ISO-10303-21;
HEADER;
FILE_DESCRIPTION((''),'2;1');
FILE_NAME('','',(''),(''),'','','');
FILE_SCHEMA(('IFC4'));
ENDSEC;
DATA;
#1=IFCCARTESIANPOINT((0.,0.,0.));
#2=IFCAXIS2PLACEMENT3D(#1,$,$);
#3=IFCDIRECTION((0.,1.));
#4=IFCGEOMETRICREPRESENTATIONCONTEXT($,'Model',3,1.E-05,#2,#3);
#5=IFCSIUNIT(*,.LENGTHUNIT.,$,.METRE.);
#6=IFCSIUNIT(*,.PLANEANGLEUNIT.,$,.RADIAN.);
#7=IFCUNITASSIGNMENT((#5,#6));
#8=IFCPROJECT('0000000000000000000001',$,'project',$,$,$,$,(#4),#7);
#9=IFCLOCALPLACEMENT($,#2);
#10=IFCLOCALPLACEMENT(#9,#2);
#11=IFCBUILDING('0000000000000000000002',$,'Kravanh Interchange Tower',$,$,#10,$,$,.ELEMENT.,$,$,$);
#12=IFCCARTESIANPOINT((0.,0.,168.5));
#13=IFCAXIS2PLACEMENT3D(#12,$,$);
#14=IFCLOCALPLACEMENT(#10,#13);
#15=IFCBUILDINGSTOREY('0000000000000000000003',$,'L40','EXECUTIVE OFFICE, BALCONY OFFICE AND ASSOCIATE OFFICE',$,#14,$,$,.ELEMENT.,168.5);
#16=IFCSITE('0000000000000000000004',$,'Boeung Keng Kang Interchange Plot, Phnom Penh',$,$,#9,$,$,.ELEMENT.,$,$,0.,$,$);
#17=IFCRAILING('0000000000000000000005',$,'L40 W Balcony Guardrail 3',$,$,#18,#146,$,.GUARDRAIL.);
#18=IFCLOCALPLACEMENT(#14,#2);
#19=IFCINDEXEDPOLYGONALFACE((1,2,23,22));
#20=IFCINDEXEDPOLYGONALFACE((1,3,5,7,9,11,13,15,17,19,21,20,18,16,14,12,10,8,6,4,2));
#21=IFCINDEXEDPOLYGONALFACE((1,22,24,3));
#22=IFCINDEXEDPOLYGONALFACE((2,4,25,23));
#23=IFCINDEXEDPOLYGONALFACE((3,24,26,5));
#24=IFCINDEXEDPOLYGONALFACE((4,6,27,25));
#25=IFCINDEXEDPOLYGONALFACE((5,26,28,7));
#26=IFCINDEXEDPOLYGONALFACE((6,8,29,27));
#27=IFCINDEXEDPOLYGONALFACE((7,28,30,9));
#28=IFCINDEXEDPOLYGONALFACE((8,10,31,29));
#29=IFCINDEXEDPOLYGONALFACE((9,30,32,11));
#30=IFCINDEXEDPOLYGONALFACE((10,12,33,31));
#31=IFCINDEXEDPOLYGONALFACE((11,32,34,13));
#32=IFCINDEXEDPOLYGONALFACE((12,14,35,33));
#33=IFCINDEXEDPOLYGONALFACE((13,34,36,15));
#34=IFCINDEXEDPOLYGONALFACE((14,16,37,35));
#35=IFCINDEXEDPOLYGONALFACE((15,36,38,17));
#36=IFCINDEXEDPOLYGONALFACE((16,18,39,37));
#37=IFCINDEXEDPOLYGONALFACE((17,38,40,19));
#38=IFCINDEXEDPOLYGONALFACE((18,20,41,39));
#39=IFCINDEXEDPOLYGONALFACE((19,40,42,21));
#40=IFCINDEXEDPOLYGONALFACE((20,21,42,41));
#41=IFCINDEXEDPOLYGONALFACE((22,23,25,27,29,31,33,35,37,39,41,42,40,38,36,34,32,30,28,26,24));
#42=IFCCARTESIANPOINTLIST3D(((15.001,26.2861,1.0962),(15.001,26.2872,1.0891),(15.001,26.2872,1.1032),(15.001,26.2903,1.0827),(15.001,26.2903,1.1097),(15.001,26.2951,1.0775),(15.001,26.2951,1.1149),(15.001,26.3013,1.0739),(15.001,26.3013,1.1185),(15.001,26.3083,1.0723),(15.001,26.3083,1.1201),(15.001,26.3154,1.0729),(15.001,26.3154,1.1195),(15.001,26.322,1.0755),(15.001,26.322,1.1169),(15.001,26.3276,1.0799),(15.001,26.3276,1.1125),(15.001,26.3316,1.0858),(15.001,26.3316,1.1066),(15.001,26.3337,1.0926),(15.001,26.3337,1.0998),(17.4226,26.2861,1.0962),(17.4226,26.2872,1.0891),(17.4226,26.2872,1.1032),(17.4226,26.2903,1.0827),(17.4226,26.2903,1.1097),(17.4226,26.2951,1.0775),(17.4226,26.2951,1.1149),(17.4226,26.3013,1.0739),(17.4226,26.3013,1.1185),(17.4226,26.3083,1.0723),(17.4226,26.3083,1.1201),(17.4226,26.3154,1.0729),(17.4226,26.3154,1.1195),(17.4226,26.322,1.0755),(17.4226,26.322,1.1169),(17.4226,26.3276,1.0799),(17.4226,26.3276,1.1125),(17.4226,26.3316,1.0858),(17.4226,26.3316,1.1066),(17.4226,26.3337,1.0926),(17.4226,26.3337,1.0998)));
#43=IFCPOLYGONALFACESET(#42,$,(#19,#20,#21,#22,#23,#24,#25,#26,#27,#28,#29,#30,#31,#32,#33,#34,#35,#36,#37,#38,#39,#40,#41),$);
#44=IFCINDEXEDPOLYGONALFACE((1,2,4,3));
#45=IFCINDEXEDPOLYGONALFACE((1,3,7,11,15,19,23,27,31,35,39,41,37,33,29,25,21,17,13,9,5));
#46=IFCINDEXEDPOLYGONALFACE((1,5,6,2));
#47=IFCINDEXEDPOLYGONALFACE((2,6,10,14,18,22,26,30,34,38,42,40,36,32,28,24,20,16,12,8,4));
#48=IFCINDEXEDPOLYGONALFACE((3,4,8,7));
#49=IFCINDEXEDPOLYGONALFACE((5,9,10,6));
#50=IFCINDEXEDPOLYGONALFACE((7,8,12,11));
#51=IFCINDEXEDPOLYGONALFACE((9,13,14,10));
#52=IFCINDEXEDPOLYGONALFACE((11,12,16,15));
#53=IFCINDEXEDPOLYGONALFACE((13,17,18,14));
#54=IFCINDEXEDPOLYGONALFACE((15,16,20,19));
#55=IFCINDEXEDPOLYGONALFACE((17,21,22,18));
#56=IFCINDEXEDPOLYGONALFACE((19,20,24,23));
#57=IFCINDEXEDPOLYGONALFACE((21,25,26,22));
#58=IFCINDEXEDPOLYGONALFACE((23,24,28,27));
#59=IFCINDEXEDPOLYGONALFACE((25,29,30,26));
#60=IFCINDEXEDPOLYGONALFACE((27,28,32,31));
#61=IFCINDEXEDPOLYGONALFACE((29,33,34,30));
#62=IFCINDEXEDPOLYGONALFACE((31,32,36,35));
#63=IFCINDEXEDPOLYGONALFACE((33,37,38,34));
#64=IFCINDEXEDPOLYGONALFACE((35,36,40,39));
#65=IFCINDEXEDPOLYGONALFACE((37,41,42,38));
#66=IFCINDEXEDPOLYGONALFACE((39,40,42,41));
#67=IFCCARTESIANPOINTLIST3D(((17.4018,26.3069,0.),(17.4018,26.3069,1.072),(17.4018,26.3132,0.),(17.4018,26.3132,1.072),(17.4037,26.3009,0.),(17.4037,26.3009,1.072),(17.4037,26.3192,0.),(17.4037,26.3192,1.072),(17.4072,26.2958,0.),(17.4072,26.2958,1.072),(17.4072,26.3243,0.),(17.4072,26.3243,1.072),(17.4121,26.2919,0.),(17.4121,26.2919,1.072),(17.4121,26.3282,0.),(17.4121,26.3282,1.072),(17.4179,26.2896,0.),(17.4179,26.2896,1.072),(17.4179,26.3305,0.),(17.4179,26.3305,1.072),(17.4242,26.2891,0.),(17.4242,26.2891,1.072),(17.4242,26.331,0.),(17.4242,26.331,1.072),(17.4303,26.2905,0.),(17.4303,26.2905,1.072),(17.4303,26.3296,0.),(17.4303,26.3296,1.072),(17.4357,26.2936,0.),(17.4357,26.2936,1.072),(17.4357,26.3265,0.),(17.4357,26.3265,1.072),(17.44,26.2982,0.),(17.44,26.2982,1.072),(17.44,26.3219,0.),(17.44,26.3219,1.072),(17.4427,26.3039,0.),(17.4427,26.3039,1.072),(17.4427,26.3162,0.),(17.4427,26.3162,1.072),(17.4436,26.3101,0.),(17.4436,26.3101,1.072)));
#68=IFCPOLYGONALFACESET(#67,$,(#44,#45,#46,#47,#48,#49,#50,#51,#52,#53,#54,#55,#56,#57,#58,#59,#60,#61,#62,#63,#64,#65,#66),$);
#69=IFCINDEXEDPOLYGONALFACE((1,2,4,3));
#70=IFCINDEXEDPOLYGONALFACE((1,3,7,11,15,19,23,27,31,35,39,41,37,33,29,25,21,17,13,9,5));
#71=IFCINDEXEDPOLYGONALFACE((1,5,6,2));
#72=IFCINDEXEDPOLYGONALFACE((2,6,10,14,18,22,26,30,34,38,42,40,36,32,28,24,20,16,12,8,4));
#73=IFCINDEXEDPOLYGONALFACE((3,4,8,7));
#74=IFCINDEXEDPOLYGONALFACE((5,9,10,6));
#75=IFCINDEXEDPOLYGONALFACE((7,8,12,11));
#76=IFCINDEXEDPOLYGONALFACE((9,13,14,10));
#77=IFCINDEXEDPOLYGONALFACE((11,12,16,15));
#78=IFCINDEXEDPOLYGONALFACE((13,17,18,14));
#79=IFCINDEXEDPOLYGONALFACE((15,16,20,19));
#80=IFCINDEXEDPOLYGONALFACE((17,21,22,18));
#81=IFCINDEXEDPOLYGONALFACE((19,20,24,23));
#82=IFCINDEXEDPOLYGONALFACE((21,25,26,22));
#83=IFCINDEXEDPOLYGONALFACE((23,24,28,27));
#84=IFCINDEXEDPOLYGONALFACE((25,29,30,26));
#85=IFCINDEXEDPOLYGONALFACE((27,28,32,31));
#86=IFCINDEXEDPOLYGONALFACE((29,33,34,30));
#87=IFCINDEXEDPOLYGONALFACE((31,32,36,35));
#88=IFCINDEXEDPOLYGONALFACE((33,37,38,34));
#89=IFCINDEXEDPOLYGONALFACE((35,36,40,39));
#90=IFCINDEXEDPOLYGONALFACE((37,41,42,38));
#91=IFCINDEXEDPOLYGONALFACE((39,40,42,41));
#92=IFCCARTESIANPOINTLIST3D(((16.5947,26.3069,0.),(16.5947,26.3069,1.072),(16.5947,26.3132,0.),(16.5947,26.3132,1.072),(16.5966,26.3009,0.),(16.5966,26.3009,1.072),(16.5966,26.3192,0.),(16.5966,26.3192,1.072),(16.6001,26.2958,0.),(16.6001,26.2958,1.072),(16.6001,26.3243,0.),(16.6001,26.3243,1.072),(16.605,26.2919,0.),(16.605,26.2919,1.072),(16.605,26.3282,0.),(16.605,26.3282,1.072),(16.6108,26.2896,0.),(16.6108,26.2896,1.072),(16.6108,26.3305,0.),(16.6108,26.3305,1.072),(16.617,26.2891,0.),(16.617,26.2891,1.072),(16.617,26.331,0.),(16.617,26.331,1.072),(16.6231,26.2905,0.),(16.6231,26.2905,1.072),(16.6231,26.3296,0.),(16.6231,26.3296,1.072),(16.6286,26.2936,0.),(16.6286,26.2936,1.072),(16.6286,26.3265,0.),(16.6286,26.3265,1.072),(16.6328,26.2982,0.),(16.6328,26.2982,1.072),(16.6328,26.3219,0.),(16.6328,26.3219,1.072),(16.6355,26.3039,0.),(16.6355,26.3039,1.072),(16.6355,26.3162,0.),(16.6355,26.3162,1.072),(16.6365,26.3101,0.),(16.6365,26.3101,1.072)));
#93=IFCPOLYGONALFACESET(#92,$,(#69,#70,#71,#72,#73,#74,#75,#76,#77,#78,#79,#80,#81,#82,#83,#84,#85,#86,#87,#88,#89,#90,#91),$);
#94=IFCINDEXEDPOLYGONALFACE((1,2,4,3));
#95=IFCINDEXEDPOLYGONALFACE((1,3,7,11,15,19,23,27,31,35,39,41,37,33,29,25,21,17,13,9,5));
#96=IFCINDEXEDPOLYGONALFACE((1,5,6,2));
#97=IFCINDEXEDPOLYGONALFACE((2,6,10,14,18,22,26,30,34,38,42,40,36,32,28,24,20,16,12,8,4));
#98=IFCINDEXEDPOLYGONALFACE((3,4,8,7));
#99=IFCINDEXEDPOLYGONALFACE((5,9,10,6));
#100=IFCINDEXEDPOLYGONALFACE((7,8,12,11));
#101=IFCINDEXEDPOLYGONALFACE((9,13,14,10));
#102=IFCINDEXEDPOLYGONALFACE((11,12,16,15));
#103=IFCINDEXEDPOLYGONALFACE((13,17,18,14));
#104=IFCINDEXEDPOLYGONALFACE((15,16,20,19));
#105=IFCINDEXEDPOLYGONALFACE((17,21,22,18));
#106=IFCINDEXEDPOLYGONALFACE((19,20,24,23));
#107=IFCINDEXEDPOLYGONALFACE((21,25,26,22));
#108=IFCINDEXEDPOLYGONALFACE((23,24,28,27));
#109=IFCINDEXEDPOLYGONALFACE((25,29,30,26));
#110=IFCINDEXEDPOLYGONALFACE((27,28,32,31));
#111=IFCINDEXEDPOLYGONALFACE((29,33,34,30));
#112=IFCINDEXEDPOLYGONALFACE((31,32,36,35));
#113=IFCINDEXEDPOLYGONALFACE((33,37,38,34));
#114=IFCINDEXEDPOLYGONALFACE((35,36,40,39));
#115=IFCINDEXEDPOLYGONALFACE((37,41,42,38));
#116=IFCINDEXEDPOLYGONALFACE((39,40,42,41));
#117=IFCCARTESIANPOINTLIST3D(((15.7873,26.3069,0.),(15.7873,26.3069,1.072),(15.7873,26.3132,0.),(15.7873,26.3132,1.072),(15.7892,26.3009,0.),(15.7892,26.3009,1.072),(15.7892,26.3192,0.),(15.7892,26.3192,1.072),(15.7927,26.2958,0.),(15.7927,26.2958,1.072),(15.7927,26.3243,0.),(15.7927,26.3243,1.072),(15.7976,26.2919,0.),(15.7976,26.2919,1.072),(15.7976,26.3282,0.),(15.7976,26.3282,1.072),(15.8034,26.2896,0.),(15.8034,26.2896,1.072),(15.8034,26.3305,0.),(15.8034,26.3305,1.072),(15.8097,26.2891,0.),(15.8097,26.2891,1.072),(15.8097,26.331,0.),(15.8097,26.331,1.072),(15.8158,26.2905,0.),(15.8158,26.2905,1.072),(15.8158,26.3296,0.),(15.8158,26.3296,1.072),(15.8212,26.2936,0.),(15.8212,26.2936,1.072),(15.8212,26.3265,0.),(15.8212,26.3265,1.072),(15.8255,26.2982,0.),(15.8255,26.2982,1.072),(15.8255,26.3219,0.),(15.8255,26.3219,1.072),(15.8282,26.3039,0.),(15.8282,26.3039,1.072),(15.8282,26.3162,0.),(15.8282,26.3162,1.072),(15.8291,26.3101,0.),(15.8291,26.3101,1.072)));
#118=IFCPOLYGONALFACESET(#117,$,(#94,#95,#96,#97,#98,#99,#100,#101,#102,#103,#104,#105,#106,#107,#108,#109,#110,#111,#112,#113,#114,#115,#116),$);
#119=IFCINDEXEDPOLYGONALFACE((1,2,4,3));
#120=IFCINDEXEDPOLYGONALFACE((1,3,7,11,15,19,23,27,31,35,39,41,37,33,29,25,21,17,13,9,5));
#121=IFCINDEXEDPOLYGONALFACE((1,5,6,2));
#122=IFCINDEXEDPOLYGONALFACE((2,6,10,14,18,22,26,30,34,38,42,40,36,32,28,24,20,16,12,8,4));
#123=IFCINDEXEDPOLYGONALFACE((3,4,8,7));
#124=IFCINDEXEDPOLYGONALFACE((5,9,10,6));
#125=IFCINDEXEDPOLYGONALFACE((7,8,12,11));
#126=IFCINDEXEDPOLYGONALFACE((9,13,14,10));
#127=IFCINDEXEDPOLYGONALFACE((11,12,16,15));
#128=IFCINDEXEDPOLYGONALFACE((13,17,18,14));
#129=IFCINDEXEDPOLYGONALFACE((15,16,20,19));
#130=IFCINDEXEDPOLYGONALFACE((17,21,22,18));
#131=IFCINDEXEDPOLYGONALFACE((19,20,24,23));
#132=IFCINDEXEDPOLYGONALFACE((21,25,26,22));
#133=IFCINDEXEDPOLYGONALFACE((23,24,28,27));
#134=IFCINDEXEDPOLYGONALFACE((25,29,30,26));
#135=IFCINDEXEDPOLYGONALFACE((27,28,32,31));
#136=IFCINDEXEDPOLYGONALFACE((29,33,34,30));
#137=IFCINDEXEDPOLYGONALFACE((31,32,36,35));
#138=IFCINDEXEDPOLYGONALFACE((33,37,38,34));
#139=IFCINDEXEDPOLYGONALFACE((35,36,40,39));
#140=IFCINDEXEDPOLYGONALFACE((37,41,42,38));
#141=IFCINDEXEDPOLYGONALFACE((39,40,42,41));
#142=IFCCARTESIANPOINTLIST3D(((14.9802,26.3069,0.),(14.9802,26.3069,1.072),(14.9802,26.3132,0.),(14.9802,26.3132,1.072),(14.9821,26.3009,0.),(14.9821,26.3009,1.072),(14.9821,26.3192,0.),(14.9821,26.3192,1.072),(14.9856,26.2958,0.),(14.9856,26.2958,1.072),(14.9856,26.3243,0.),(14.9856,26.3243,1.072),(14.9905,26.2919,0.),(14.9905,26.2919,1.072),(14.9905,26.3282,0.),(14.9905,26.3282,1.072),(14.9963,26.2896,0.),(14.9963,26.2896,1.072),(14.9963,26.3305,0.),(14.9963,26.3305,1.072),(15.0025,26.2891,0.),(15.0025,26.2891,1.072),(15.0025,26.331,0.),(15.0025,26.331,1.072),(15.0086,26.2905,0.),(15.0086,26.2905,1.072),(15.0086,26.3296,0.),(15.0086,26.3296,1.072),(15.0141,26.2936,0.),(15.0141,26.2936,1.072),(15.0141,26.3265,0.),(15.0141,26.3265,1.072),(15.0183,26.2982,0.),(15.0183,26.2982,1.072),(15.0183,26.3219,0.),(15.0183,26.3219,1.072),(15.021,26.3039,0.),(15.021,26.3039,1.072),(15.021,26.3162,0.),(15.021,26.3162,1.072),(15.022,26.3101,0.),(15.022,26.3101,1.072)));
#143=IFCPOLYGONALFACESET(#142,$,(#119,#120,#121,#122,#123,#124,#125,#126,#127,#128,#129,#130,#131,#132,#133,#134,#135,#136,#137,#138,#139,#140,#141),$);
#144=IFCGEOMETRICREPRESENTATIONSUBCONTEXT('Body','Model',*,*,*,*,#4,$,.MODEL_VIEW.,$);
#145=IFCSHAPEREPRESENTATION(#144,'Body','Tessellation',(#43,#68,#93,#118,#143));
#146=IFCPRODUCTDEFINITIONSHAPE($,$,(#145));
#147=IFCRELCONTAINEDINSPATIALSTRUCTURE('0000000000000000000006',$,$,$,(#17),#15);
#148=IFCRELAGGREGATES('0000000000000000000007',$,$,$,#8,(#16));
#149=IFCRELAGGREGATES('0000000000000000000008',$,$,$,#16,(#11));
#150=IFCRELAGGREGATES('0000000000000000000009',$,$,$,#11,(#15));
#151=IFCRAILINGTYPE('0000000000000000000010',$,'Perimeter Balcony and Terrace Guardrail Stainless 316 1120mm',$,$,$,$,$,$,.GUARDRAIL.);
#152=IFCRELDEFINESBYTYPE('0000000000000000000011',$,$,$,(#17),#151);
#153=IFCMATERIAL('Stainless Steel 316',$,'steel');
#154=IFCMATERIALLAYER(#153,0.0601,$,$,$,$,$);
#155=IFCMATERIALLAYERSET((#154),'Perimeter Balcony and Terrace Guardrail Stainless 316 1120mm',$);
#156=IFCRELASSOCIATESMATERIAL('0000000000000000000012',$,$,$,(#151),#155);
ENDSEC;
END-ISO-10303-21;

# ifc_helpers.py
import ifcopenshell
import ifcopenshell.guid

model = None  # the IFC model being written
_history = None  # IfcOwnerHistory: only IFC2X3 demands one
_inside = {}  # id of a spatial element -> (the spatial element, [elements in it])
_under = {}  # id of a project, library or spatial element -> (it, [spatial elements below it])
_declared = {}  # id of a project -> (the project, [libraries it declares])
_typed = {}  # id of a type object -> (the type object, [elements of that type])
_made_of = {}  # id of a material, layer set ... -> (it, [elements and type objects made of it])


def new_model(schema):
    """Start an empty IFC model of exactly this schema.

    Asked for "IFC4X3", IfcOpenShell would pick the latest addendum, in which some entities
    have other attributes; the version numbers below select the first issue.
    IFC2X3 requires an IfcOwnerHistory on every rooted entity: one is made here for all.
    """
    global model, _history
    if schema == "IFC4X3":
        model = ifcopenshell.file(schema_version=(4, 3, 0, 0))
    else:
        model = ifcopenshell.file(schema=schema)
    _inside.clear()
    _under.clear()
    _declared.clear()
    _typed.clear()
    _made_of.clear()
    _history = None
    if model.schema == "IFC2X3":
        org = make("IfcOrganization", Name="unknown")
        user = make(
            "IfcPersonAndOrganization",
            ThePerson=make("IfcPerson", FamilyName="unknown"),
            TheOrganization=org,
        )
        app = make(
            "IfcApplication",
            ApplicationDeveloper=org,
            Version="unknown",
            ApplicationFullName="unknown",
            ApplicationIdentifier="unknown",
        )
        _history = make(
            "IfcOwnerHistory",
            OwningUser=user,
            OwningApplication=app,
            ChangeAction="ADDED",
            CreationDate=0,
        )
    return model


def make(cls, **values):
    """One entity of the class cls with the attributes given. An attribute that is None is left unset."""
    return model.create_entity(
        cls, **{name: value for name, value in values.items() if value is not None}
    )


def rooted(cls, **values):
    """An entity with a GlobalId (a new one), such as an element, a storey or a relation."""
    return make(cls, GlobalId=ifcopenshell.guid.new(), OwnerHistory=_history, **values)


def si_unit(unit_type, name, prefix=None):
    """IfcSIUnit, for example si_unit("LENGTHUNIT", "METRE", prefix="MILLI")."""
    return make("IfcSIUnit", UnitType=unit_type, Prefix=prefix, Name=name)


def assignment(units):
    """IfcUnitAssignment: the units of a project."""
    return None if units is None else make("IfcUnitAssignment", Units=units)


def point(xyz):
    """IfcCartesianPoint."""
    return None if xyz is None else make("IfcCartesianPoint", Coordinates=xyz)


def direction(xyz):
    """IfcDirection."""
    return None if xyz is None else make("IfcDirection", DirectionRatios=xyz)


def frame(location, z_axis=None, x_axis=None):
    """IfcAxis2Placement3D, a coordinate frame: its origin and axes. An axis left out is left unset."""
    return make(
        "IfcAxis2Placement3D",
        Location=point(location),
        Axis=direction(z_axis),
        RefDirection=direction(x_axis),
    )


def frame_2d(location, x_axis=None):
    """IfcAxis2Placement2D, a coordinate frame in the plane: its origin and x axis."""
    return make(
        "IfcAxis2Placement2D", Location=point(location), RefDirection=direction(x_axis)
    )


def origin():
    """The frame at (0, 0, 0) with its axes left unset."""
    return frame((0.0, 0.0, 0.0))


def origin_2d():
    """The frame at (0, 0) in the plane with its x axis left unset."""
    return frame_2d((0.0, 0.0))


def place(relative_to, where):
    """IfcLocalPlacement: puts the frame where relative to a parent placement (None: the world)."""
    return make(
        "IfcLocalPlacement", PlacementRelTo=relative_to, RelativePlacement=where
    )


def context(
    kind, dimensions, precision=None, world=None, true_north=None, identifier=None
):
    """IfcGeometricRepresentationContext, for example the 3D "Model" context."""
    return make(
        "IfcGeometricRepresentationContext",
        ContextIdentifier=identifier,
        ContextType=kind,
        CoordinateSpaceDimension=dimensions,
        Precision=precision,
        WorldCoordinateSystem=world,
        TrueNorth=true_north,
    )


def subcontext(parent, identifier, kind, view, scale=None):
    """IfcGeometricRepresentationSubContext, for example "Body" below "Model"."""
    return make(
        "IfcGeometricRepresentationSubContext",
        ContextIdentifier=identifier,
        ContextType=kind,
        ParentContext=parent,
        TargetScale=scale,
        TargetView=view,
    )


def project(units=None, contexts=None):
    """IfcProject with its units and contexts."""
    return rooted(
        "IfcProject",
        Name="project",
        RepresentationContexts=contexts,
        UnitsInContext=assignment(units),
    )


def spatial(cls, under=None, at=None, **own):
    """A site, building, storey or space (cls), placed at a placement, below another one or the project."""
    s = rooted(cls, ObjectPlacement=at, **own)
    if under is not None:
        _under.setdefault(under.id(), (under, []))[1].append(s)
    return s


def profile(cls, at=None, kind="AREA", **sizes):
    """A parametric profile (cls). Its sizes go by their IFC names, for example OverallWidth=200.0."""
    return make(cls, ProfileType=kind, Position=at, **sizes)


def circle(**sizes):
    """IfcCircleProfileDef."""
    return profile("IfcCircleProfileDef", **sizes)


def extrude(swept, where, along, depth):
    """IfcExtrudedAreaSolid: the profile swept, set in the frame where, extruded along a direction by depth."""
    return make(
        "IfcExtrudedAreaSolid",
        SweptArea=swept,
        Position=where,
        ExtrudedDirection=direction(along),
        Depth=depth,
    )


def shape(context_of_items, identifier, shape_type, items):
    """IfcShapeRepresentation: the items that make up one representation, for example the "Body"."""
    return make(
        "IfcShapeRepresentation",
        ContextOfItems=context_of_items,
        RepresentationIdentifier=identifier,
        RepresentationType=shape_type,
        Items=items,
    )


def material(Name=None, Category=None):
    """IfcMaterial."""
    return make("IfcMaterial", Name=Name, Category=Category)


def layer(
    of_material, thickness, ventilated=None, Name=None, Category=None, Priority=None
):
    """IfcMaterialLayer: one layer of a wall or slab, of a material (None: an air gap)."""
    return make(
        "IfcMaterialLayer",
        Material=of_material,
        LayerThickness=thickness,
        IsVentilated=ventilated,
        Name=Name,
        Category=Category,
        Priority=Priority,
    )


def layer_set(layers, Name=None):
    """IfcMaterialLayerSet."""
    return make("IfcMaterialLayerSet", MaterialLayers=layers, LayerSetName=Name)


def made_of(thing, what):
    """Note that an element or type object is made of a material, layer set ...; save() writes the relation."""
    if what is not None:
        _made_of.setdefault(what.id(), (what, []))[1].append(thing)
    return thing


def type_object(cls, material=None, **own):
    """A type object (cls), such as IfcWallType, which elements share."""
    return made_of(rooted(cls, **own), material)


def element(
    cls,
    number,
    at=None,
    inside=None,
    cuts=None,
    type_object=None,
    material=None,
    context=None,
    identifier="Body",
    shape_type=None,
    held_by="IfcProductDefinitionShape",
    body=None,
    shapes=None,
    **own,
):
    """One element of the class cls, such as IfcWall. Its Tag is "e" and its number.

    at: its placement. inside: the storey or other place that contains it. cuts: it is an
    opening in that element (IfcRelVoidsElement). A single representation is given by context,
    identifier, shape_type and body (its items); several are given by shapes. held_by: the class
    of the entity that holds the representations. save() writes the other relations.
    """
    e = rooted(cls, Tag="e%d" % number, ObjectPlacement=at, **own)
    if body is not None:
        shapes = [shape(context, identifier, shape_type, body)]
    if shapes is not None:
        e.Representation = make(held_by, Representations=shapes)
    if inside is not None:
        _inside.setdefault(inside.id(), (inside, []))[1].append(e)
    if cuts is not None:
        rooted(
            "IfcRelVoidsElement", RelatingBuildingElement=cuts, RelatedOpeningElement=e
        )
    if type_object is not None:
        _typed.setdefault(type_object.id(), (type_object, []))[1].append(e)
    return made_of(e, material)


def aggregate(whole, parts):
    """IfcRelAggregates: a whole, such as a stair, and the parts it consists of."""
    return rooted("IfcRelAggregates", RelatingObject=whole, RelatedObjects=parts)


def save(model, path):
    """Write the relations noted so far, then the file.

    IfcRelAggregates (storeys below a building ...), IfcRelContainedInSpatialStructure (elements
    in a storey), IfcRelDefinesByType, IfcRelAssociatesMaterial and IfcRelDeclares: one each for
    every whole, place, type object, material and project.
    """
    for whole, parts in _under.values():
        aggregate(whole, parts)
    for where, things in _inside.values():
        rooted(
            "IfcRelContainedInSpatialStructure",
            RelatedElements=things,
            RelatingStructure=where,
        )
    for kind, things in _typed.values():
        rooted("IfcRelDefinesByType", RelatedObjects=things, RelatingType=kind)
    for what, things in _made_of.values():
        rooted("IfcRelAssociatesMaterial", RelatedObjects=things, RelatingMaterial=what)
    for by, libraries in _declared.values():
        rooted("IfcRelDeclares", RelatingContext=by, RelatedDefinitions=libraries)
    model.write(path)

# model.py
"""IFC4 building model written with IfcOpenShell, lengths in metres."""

from ifc_helpers import new_model, si_unit, direction, frame, origin, origin_2d, place, context, subcontext, project, spatial, circle, extrude, material, layer, layer_set, type_object, element, save


model = new_model("IFC4")

# Units and contexts
model_context = context("Model", 3, precision=1e-05, world=origin(), true_north=direction((0.0, 1.0)))
body_context = subcontext(model_context, "Body", "Model", "MODEL_VIEW")
ifc_project = project(units=[si_unit("LENGTHUNIT", "METRE"), si_unit("PLANEANGLEUNIT", "RADIAN")], contexts=[model_context])

# Site, building, storey
site_placement = place(None, origin())
site = spatial("IfcSite", under=ifc_project, at=site_placement, Name="Boeung Keng Kang Interchange Plot, Phnom Penh", CompositionType="ELEMENT", RefElevation=0.0)
building_placement = place(site_placement, origin())
building = spatial("IfcBuilding", under=site, at=building_placement, Name="Kravanh Interchange Tower", CompositionType="ELEMENT")
storey_placement = place(building_placement, frame((0.0, 0.0, 168.5)))
storey = spatial("IfcBuildingStorey", under=building, at=storey_placement, Name="L40", Description="EXECUTIVE OFFICE, BALCONY OFFICE AND ASSOCIATE OFFICE", CompositionType="ELEMENT", Elevation=168.5)

# Railing
ifc_material_1 = material(Name="Stainless Steel 316", Category="steel")
ifc_layer_1 = layer(ifc_material_1, 0.0601)
ifc_layer_set_1 = layer_set([ifc_layer_1], Name="Perimeter Balcony and Terrace Guardrail Stainless 316 1120mm")
railing_type = type_object("IfcRailingType", Name="Perimeter Balcony and Terrace Guardrail Stainless 316 1120mm", PredefinedType="GUARDRAIL", material=ifc_layer_set_1)
railing_1_placement = place(storey_placement, frame((17.4226, 26.3101, 0.0)))
element("IfcRailing", 1, at=railing_1_placement, inside=storey, type_object=railing_type, Name="L40 W Balcony Guardrail 3", PredefinedType="GUARDRAIL", context=body_context, shape_type="SweptSolid", body=[
    extrude(circle(Radius=0.0239, at=origin_2d()), frame((0.0, 0.0, 1.0962), z_axis=(-1.0, 0.0, 0.0), x_axis=(0.0, -1.0, 0.0)), (0.0, 0.0, 1.0), 2.4216),
    extrude(circle(Radius=0.021, at=origin_2d()), origin(), (0.0, 0.0, 1.0), 1.072),
    extrude(circle(Radius=0.021, at=origin_2d()), frame((-0.8071, 0.0, 0.0)), (0.0, 0.0, 1.0), 1.072),
    extrude(circle(Radius=0.021, at=origin_2d()), frame((-1.6145, 0.0, 0.0)), (0.0, 0.0, 1.0), 1.072),
    extrude(circle(Radius=0.021, at=origin_2d()), frame((-2.4216, 0.0, 0.0)), (0.0, 0.0, 1.0), 1.072),
])

save(model, "model.ifc")
